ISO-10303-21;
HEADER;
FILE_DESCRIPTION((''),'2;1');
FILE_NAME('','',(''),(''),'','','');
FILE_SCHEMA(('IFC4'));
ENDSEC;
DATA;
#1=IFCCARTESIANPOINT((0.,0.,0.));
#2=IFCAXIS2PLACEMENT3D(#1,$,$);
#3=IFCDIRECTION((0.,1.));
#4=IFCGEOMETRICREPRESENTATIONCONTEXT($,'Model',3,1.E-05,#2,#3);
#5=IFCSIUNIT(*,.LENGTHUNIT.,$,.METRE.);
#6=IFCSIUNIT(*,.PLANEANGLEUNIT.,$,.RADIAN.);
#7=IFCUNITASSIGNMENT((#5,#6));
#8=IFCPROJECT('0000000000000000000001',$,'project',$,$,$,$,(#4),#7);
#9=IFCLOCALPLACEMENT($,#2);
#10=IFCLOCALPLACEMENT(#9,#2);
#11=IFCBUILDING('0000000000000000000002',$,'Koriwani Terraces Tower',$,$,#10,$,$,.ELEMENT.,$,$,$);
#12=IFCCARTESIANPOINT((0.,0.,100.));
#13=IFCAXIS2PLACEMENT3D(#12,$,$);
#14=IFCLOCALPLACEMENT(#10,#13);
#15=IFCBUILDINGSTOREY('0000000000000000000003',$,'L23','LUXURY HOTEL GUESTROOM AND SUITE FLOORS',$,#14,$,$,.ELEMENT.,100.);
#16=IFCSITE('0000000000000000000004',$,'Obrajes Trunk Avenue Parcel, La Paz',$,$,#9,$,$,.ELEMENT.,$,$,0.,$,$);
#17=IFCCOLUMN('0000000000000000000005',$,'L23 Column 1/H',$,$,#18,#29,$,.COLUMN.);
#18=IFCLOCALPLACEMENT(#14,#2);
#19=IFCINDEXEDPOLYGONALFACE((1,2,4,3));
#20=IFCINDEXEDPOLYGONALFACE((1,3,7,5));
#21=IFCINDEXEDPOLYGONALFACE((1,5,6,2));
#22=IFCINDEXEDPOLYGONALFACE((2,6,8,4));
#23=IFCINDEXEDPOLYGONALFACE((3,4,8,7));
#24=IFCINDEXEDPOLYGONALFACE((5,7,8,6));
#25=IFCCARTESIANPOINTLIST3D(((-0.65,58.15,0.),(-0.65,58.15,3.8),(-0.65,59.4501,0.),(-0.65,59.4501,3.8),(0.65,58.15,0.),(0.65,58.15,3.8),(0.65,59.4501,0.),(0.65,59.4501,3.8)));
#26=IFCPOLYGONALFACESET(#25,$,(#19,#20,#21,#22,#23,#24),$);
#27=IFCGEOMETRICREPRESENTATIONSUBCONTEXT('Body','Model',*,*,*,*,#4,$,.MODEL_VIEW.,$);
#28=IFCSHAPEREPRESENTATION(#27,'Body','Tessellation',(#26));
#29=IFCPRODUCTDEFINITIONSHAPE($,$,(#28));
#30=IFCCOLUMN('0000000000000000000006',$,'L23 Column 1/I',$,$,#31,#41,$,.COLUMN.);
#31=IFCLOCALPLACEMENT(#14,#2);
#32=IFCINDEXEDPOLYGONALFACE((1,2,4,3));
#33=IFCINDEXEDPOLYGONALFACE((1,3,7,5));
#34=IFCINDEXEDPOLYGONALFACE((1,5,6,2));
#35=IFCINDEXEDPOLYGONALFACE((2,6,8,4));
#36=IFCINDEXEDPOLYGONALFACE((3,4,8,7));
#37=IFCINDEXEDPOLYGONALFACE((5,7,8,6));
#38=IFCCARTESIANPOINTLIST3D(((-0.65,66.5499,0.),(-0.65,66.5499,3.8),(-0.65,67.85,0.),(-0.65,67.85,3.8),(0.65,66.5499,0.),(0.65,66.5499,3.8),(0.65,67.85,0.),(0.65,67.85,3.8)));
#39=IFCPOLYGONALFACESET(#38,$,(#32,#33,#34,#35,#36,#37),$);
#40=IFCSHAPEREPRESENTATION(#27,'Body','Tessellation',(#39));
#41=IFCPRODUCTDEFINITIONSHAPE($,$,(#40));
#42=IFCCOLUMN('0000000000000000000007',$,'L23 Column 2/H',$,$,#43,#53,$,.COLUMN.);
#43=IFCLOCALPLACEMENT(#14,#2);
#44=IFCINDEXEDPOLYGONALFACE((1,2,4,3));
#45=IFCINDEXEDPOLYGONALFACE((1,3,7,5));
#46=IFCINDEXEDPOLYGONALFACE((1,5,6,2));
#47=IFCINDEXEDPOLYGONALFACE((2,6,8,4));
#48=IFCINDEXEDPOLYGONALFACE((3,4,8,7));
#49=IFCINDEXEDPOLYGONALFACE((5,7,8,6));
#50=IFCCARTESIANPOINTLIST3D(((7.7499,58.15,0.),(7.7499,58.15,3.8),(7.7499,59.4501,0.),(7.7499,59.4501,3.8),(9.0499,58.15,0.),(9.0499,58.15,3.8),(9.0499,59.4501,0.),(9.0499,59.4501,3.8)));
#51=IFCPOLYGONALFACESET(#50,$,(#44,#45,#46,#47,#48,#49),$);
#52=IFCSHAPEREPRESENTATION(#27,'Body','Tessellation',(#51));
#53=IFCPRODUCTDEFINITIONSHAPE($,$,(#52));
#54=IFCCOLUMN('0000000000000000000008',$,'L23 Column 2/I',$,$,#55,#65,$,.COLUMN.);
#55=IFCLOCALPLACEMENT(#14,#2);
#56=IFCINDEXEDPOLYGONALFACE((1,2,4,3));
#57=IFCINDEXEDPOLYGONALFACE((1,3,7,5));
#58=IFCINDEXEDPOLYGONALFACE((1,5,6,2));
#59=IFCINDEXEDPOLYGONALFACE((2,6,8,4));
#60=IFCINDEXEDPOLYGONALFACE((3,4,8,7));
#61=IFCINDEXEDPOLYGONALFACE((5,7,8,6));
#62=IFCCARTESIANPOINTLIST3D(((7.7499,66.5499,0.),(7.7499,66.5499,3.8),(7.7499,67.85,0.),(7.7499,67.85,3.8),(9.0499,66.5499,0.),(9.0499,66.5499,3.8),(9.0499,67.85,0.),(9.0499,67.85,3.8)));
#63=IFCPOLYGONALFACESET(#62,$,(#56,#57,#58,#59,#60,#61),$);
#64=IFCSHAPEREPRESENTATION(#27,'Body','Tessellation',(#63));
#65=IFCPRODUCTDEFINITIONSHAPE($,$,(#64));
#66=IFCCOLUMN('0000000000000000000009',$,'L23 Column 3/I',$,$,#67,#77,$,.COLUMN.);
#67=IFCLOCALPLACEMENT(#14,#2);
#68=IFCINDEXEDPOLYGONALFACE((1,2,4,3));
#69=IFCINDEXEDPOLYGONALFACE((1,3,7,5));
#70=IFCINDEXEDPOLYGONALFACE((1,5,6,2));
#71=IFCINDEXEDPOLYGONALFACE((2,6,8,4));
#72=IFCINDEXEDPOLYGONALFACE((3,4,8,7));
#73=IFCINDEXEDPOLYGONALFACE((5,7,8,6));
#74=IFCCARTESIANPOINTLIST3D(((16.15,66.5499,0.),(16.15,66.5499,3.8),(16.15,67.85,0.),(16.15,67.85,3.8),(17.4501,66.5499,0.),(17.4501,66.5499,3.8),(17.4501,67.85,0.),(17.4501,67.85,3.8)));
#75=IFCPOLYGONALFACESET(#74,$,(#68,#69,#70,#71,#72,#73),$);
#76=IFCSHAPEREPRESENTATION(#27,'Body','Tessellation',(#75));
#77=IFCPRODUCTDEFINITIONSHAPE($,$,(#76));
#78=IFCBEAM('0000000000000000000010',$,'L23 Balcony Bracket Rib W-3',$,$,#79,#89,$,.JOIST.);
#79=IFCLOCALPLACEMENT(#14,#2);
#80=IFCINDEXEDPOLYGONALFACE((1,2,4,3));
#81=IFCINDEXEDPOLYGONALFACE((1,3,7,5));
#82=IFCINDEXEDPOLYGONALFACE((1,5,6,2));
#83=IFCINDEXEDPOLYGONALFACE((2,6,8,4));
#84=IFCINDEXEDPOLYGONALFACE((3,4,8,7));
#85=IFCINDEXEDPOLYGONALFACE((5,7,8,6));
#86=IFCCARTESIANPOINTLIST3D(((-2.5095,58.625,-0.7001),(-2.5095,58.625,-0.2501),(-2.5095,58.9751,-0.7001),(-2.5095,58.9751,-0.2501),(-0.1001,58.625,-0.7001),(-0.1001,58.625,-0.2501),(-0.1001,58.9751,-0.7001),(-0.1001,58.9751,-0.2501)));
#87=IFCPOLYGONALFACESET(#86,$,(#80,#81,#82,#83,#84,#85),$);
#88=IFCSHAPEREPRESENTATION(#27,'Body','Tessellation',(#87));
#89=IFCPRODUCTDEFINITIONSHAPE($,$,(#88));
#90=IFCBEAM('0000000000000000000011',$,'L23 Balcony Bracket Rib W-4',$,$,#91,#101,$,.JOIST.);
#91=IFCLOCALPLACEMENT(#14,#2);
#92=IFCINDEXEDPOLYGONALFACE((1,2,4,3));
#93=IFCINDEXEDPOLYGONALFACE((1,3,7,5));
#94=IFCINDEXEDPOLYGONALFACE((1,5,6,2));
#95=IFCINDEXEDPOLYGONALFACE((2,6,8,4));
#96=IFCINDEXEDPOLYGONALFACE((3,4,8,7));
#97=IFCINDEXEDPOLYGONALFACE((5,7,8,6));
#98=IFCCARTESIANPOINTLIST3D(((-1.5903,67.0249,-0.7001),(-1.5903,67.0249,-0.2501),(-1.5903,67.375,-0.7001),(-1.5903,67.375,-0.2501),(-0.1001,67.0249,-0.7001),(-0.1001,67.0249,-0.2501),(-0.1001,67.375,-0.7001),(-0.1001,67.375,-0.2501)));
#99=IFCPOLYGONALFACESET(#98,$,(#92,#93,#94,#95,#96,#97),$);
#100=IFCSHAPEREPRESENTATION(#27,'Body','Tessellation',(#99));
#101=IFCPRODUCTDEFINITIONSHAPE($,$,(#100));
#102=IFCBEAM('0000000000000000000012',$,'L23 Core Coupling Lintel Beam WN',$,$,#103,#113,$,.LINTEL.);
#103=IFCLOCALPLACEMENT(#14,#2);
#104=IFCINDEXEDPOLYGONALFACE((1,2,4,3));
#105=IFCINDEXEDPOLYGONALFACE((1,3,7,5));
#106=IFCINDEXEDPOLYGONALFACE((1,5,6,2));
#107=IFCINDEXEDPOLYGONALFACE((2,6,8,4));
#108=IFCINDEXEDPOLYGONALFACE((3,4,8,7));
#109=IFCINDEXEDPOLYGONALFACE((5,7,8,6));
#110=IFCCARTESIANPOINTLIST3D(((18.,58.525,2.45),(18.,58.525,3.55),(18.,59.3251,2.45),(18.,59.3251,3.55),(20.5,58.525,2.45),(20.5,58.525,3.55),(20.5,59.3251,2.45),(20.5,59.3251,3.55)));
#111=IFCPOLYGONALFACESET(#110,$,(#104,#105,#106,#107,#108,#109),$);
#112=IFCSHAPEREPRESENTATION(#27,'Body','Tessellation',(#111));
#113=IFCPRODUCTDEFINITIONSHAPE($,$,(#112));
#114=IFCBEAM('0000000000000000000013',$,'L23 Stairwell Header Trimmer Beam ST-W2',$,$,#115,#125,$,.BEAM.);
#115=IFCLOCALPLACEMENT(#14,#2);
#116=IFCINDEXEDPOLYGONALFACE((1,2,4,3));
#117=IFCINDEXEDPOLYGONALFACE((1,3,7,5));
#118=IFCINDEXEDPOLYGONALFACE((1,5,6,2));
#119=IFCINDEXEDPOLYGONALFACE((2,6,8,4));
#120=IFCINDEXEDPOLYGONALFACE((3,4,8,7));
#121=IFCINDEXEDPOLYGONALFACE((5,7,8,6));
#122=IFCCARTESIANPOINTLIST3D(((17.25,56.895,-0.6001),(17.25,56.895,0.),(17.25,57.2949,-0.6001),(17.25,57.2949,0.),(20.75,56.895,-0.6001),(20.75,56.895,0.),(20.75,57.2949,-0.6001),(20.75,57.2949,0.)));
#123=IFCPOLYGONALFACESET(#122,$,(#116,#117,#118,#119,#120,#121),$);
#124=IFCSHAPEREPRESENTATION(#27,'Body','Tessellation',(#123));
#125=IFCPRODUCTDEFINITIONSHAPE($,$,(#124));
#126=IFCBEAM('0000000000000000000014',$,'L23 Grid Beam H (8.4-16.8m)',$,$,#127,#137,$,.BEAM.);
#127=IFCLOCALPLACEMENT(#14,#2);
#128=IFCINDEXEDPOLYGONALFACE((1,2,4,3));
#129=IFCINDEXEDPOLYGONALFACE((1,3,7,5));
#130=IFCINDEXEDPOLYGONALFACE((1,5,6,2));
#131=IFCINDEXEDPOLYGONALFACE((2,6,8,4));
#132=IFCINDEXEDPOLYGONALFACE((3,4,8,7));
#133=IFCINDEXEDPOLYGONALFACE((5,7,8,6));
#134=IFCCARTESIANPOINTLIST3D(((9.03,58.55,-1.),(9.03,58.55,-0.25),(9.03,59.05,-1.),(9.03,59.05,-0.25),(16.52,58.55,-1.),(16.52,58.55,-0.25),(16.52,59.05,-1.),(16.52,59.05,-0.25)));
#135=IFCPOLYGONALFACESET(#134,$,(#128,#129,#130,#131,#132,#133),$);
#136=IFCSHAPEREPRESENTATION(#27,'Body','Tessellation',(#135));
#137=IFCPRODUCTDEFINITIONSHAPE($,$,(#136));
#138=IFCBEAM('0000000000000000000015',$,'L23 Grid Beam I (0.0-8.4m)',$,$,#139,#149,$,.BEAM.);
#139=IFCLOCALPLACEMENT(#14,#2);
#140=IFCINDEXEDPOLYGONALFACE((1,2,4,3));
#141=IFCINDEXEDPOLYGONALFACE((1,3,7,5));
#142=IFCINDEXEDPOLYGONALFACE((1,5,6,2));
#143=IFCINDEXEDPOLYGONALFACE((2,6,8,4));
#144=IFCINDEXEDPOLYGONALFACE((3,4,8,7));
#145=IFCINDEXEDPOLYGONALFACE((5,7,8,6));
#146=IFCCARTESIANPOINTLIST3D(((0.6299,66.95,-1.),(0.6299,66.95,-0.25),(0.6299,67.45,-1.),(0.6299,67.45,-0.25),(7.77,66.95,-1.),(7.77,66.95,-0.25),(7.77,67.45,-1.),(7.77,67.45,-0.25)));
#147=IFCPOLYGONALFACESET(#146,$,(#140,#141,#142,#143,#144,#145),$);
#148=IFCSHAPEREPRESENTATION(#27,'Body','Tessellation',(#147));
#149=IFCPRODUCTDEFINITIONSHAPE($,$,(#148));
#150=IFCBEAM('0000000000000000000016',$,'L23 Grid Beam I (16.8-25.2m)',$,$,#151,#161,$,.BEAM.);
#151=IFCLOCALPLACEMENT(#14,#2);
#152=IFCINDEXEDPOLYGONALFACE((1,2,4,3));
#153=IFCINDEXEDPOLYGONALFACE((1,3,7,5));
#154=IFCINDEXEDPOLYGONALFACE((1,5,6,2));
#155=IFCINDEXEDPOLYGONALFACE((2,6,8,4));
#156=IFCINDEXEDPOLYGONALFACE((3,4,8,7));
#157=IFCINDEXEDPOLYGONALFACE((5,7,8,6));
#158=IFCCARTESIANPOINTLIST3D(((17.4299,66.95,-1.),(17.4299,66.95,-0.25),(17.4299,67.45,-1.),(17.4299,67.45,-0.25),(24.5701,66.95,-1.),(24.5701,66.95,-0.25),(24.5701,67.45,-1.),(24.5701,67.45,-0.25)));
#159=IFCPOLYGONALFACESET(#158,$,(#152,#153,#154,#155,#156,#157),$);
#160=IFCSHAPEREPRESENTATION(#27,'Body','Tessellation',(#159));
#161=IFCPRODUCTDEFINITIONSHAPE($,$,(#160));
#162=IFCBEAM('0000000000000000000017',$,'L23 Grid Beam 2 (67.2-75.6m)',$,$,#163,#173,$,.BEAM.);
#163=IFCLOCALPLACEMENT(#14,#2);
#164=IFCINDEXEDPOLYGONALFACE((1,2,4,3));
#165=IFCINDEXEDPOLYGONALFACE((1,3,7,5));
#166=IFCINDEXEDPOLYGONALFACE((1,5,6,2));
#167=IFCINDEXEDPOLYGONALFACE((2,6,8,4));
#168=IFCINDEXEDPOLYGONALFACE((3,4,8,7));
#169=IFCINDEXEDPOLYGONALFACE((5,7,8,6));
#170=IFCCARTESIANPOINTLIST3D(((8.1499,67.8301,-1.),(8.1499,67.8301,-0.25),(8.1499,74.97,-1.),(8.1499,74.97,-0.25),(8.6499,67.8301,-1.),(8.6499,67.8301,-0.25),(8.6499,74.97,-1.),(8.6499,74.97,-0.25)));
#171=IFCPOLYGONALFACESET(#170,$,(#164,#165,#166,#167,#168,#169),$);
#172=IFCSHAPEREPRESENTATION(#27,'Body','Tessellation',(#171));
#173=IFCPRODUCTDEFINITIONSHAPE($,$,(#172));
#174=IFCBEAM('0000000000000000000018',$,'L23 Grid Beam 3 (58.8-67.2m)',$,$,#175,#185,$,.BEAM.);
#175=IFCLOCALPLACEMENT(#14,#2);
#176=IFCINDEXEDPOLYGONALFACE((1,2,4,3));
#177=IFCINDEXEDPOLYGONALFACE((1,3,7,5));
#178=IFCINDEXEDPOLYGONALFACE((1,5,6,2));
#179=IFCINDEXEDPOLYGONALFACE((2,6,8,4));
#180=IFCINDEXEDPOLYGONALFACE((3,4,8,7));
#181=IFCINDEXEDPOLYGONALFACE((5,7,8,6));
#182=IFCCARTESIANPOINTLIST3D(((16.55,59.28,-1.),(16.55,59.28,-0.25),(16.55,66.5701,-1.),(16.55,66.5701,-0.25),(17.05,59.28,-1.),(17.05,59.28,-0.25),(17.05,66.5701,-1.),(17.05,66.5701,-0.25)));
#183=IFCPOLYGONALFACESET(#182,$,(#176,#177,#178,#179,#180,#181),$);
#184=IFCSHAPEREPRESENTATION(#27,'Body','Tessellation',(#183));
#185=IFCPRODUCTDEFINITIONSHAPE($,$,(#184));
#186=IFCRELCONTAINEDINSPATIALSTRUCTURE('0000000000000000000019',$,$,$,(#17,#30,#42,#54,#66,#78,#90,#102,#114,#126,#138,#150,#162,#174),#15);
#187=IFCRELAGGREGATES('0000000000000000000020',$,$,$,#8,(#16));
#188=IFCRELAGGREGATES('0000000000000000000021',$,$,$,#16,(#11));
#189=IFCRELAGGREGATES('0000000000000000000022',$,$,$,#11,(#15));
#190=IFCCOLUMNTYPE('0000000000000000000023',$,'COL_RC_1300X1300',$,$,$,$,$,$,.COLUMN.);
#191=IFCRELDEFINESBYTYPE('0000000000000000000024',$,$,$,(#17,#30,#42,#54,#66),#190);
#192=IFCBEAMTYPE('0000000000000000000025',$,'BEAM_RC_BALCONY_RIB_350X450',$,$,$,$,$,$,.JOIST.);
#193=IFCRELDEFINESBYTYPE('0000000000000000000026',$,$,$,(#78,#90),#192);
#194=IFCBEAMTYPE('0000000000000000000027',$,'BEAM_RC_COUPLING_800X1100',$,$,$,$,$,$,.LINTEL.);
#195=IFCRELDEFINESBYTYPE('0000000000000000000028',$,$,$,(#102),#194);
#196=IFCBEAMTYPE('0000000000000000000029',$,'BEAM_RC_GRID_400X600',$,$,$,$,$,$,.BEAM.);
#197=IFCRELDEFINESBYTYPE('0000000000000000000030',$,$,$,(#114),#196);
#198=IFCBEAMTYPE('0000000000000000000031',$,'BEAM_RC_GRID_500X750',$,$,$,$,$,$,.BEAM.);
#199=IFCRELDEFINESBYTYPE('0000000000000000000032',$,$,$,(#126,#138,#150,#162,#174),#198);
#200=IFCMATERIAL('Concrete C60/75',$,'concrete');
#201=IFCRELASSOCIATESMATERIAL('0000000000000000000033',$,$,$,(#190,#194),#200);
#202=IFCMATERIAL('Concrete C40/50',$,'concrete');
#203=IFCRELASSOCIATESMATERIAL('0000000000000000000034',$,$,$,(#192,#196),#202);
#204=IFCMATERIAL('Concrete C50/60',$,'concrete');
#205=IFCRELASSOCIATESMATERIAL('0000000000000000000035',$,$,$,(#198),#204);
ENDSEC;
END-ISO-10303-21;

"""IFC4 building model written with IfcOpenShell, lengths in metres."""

from ifc_helpers import new_model, si_unit, direction, frame, origin, origin_2d, place, context, subcontext, project, spatial, rectangle, extrude, material, material_profile, profile_set, type_object, element, save


model = new_model("IFC4")

# Units and contexts
model_context = context("Model", 3, precision=1e-05, world=origin(), true_north=direction((0.0, 1.0)))
body_context = subcontext(model_context, "Body", "Model", "MODEL_VIEW")
ifc_project = project(units=[si_unit("LENGTHUNIT", "METRE"), si_unit("PLANEANGLEUNIT", "RADIAN")], contexts=[model_context])

# Site, building, storey
site_placement = place(None, origin())
site = spatial("IfcSite", under=ifc_project, at=site_placement, Name="Obrajes Trunk Avenue Parcel, La Paz", CompositionType="ELEMENT", RefElevation=0.0)
building_placement = place(site_placement, origin())
building = spatial("IfcBuilding", under=site, at=building_placement, Name="Koriwani Terraces Tower", CompositionType="ELEMENT")
storey_placement = place(building_placement, frame((0.0, 0.0, 100.0)))
storey = spatial("IfcBuildingStorey", under=building, at=storey_placement, Name="L23", Description="LUXURY HOTEL GUESTROOM AND SUITE FLOORS", CompositionType="ELEMENT", Elevation=100.0)

# Columns
ifc_material_1 = material(Name="Concrete C60/75", Category="concrete")
ifc_material_profile_1 = material_profile(ifc_material_1, rectangle(XDim=1.3, YDim=1.3, at=origin_2d()), Name="Concrete C60/75", Category="LoadBearing")
ifc_profile_set_1 = profile_set([ifc_material_profile_1], Name="Concrete C60/75")
column_type = type_object("IfcColumnType", Name="COL_RC_1300X1300", PredefinedType="COLUMN", material=ifc_profile_set_1)
for number, where, z_axis, x_axis, name in (
    (1, (0.0, 58.8, 0.0), (0.0, 0.0, 1.0), (1.0, 0.0, 0.0), "L23 Column 1/H"),
    (2, (0.0, 67.2, 0.0), (0.0, 0.0, 1.0), (1.0, 0.0, 0.0), "L23 Column 1/I"),
    (3, (8.3999, 58.8, 0.0), (0.0, 0.0, 1.0), (1.0, 0.0, 0.0), "L23 Column 2/H"),
    (4, (8.3999, 67.2, 0.0), (0.0, 0.0, 1.0), (1.0, 0.0, 0.0), "L23 Column 2/I"),
    (5, (16.8, 67.2, 0.0), (0.0, 0.0, 1.0), (1.0, 0.0, 0.0), "L23 Column 3/I"),
):
    element("IfcColumn", number, at=place(storey_placement, frame(where, z_axis=z_axis, x_axis=x_axis)), inside=storey, type_object=column_type, Name=name, PredefinedType="COLUMN", context=body_context, shape_type="SweptSolid", body=[
        extrude(rectangle(XDim=1.3, YDim=1.3, at=origin_2d()), origin(), (0.0, 0.0, 1.0), 3.8),
    ])

# Beams
ifc_material_2 = material(Name="Concrete C40/50", Category="concrete")
ifc_material_profile_2 = material_profile(ifc_material_2, rectangle(XDim=0.3501, YDim=0.45, at=origin_2d()), Name="Concrete C40/50", Category="LoadBearing")
ifc_profile_set_2 = profile_set([ifc_material_profile_2], Name="Concrete C40/50")
beam_type_1 = type_object("IfcBeamType", Name="BEAM_RC_BALCONY_RIB_350X450", PredefinedType="JOIST", material=ifc_profile_set_2)
beam_1_placement = place(storey_placement, frame((-2.5095, 58.8, -0.4751), z_axis=(1.0, 0.0, 0.0), x_axis=(0.0, 1.0, 0.0)))
element("IfcBeam", 6, at=beam_1_placement, inside=storey, type_object=beam_type_1, Name="L23 Balcony Bracket Rib W-3", PredefinedType="JOIST", context=body_context, shape_type="SweptSolid", body=[
    extrude(rectangle(XDim=0.3501, YDim=0.45, at=origin_2d()), origin(), (0.0, 0.0, 1.0), 2.4094),
])
beam_2_placement = place(storey_placement, frame((-1.5903, 67.2, -0.4751), z_axis=(1.0, 0.0, 0.0), x_axis=(0.0, 1.0, 0.0)))
element("IfcBeam", 7, at=beam_2_placement, inside=storey, type_object=beam_type_1, Name="L23 Balcony Bracket Rib W-4", PredefinedType="JOIST", context=body_context, shape_type="SweptSolid", body=[
    extrude(rectangle(XDim=0.3501, YDim=0.45, at=origin_2d()), origin(), (0.0, 0.0, 1.0), 1.4902),
])
ifc_material_profile_3 = material_profile(ifc_material_1, rectangle(XDim=0.8, YDim=1.1001, at=origin_2d()), Name="Concrete C60/75", Category="LoadBearing")
ifc_profile_set_3 = profile_set([ifc_material_profile_3], Name="Concrete C60/75")
beam_type_2 = type_object("IfcBeamType", Name="BEAM_RC_COUPLING_800X1100", PredefinedType="LINTEL", material=ifc_profile_set_3)
beam_3_placement = place(storey_placement, frame((18.0, 58.925, 3.0), z_axis=(1.0, 0.0, 0.0), x_axis=(0.0, 1.0, 0.0)))
element("IfcBeam", 8, at=beam_3_placement, inside=storey, type_object=beam_type_2, Name="L23 Core Coupling Lintel Beam WN", PredefinedType="LINTEL", context=body_context, shape_type="SweptSolid", body=[
    extrude(rectangle(XDim=0.8, YDim=1.1001, at=origin_2d()), origin(), (0.0, 0.0, 1.0), 2.5),
])
ifc_material_profile_4 = material_profile(ifc_material_2, rectangle(XDim=0.3999, YDim=0.6001, at=origin_2d()), Name="Concrete C40/50", Category="LoadBearing")
ifc_profile_set_4 = profile_set([ifc_material_profile_4], Name="Concrete C40/50")
beam_type_3 = type_object("IfcBeamType", Name="BEAM_RC_GRID_400X600", PredefinedType="BEAM", material=ifc_profile_set_4)
beam_4_placement = place(storey_placement, frame((17.25, 57.095, -0.3), z_axis=(1.0, 0.0, 0.0), x_axis=(0.0, 1.0, 0.0)))
element("IfcBeam", 9, at=beam_4_placement, inside=storey, type_object=beam_type_3, Name="L23 Stairwell Header Trimmer Beam ST-W2", PredefinedType="BEAM", context=body_context, shape_type="SweptSolid", body=[
    extrude(rectangle(XDim=0.3999, YDim=0.6001, at=origin_2d()), origin(), (0.0, 0.0, 1.0), 3.5),
])
ifc_material_3 = material(Name="Concrete C50/60", Category="concrete")
ifc_material_profile_5 = material_profile(ifc_material_3, rectangle(XDim=0.5, YDim=0.75, at=origin_2d()), Name="Concrete C50/60", Category="LoadBearing")
ifc_profile_set_5 = profile_set([ifc_material_profile_5], Name="Concrete C50/60")
beam_type_4 = type_object("IfcBeamType", Name="BEAM_RC_GRID_500X750", PredefinedType="BEAM", material=ifc_profile_set_5)
beam_5_placement = place(storey_placement, frame((9.03, 58.8, -0.625), z_axis=(1.0, 0.0, 0.0), x_axis=(0.0, 1.0, 0.0)))
element("IfcBeam", 10, at=beam_5_placement, inside=storey, type_object=beam_type_4, Name="L23 Grid Beam H (8.4-16.8m)", PredefinedType="BEAM", context=body_context, shape_type="SweptSolid", body=[
    extrude(rectangle(XDim=0.5, YDim=0.75, at=origin_2d()), origin(), (0.0, 0.0, 1.0), 7.49),
])
for number, where, z_axis, x_axis, name in (
    (11, (0.6299, 67.2, -0.625), (1.0, 0.0, 0.0), (0.0, 1.0, 0.0), "L23 Grid Beam I (0.0-8.4m)"),
    (12, (17.4299, 67.2, -0.625), (1.0, 0.0, 0.0), (0.0, 1.0, 0.0), "L23 Grid Beam I (16.8-25.2m)"),
):
    element("IfcBeam", number, at=place(storey_placement, frame(where, z_axis=z_axis, x_axis=x_axis)), inside=storey, type_object=beam_type_4, Name=name, PredefinedType="BEAM", context=body_context, shape_type="SweptSolid", body=[
        extrude(rectangle(XDim=0.5, YDim=0.75, at=origin_2d()), origin(), (0.0, 0.0, 1.0), 7.1401),
    ])
beam_6_placement = place(storey_placement, frame((8.3999, 67.8301, -0.625), z_axis=(0.0, 1.0, 0.0), x_axis=(-1.0, 0.0, 0.0)))
element("IfcBeam", 13, at=beam_6_placement, inside=storey, type_object=beam_type_4, Name="L23 Grid Beam 2 (67.2-75.6m)", PredefinedType="BEAM", context=body_context, shape_type="SweptSolid", body=[
    extrude(rectangle(XDim=0.5, YDim=0.75, at=origin_2d()), origin(), (0.0, 0.0, 1.0), 7.1399),
])
beam_7_placement = place(storey_placement, frame((16.8, 59.28, -0.625), z_axis=(0.0, 1.0, 0.0), x_axis=(-1.0, 0.0, 0.0)))
element("IfcBeam", 14, at=beam_7_placement, inside=storey, type_object=beam_type_4, Name="L23 Grid Beam 3 (58.8-67.2m)", PredefinedType="BEAM", context=body_context, shape_type="SweptSolid", body=[
    extrude(rectangle(XDim=0.5, YDim=0.75, at=origin_2d()), origin(), (0.0, 0.0, 1.0), 7.29),
])

save(model, "model.ifc")
